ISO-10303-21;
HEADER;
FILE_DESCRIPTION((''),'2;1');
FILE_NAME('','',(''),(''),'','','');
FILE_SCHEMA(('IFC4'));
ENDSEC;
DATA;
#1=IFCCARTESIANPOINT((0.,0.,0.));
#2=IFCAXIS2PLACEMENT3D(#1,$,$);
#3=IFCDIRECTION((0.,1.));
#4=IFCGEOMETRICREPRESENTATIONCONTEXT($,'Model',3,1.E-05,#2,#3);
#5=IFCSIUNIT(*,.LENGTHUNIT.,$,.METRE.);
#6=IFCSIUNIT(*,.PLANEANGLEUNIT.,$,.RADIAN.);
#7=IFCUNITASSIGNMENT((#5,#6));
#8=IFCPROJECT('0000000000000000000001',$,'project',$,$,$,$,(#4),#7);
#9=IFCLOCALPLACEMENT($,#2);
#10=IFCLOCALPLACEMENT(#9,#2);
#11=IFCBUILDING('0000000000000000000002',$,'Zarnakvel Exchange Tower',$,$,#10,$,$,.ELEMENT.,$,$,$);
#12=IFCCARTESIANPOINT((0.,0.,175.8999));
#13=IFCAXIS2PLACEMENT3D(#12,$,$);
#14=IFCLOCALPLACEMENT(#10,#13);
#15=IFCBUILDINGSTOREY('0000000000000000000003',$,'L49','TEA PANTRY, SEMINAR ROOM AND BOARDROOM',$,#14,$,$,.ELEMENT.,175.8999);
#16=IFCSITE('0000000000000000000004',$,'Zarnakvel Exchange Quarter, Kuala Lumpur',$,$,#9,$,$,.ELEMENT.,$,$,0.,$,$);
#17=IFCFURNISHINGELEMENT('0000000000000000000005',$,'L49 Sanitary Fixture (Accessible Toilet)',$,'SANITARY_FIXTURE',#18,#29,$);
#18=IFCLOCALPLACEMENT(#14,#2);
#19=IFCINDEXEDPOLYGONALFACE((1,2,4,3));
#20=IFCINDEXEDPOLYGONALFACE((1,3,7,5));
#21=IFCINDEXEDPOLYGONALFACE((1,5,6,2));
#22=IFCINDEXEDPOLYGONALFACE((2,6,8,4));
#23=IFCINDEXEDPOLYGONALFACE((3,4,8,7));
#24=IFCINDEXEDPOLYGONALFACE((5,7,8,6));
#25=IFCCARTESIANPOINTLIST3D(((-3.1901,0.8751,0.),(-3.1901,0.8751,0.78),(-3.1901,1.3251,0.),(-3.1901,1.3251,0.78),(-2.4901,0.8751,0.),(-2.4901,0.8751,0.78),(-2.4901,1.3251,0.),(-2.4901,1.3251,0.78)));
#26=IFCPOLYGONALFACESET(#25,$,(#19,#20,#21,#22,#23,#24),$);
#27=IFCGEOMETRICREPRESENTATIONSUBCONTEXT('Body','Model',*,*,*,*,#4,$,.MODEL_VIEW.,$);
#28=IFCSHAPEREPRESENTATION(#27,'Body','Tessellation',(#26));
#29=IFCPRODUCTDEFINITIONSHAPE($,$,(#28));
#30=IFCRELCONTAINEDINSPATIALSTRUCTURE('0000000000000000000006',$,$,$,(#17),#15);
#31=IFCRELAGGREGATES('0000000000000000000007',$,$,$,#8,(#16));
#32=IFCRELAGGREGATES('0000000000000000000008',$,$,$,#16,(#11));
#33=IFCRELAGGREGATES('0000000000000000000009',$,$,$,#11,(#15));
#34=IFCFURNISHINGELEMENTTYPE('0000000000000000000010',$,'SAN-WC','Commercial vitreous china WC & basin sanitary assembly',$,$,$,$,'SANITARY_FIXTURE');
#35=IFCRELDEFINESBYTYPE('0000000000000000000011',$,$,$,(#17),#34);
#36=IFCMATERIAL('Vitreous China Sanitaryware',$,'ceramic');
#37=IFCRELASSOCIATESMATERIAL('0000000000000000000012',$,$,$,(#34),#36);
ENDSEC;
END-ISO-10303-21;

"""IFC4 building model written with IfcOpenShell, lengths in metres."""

from ifc_helpers import new_model, si_unit, direction, frame, origin, origin_2d, place, context, subcontext, project, spatial, rectangle, extrude, source, transform, mapped, material, type_object, element, save


model = new_model("IFC4")

# Units and contexts
model_context = context("Model", 3, precision=1e-05, world=origin(), true_north=direction((0.0, 1.0)))
body_context = subcontext(model_context, "Body", "Model", "MODEL_VIEW")
ifc_project = project(units=[si_unit("LENGTHUNIT", "METRE"), si_unit("PLANEANGLEUNIT", "RADIAN")], contexts=[model_context])

# Site, building, storey
site_placement = place(None, origin())
site = spatial("IfcSite", under=ifc_project, at=site_placement, Name="Zarnakvel Exchange Quarter, Kuala Lumpur", CompositionType="ELEMENT", RefElevation=0.0)
building_placement = place(site_placement, origin())
building = spatial("IfcBuilding", under=site, at=building_placement, Name="Zarnakvel Exchange Tower", CompositionType="ELEMENT")
storey_placement = place(building_placement, frame((0.0, 0.0, 175.8999)))
storey = spatial("IfcBuildingStorey", under=building, at=storey_placement, Name="L49", Description="TEA PANTRY, SEMINAR ROOM AND BOARDROOM", CompositionType="ELEMENT", Elevation=175.8999)

# Furnishing element
ifc_material_1 = material(Name="Vitreous China Sanitaryware", Category="ceramic")
furnishing_element_type = type_object("IfcFurnishingElementType", Name="SAN-WC", Description="Commercial vitreous china WC & basin sanitary assembly", ElementType="SANITARY_FIXTURE", material=ifc_material_1)
shared_shape_1 = source(origin(), body_context, "Body", "SweptSolid", [
    extrude(rectangle(XDim=0.7, YDim=0.45, at=origin_2d()), origin(), (0.0, 0.0, 1.0), 0.78),
])
furnishing_placement = place(storey_placement, frame((-2.8401, 1.1001, 0.0), z_axis=(0.0, 0.0, 1.0), x_axis=(1.0, 0.0, 0.0)))
element("IfcFurnishingElement", 1, at=furnishing_placement, inside=storey, type_object=furnishing_element_type, Name="L49 Sanitary Fixture (Accessible Toilet)", ObjectType="SANITARY_FIXTURE", context=body_context, shape_type="MappedRepresentation", body=[
    mapped(shared_shape_1, transform((0.0, 0.0, 0.0), x_axis=(1.0, 0.0, 0.0), y_axis=(0.0, 1.0, 0.0), z_axis=(0.0, 0.0, 1.0), scale=1.0)),
])

save(model, "model.ifc")
